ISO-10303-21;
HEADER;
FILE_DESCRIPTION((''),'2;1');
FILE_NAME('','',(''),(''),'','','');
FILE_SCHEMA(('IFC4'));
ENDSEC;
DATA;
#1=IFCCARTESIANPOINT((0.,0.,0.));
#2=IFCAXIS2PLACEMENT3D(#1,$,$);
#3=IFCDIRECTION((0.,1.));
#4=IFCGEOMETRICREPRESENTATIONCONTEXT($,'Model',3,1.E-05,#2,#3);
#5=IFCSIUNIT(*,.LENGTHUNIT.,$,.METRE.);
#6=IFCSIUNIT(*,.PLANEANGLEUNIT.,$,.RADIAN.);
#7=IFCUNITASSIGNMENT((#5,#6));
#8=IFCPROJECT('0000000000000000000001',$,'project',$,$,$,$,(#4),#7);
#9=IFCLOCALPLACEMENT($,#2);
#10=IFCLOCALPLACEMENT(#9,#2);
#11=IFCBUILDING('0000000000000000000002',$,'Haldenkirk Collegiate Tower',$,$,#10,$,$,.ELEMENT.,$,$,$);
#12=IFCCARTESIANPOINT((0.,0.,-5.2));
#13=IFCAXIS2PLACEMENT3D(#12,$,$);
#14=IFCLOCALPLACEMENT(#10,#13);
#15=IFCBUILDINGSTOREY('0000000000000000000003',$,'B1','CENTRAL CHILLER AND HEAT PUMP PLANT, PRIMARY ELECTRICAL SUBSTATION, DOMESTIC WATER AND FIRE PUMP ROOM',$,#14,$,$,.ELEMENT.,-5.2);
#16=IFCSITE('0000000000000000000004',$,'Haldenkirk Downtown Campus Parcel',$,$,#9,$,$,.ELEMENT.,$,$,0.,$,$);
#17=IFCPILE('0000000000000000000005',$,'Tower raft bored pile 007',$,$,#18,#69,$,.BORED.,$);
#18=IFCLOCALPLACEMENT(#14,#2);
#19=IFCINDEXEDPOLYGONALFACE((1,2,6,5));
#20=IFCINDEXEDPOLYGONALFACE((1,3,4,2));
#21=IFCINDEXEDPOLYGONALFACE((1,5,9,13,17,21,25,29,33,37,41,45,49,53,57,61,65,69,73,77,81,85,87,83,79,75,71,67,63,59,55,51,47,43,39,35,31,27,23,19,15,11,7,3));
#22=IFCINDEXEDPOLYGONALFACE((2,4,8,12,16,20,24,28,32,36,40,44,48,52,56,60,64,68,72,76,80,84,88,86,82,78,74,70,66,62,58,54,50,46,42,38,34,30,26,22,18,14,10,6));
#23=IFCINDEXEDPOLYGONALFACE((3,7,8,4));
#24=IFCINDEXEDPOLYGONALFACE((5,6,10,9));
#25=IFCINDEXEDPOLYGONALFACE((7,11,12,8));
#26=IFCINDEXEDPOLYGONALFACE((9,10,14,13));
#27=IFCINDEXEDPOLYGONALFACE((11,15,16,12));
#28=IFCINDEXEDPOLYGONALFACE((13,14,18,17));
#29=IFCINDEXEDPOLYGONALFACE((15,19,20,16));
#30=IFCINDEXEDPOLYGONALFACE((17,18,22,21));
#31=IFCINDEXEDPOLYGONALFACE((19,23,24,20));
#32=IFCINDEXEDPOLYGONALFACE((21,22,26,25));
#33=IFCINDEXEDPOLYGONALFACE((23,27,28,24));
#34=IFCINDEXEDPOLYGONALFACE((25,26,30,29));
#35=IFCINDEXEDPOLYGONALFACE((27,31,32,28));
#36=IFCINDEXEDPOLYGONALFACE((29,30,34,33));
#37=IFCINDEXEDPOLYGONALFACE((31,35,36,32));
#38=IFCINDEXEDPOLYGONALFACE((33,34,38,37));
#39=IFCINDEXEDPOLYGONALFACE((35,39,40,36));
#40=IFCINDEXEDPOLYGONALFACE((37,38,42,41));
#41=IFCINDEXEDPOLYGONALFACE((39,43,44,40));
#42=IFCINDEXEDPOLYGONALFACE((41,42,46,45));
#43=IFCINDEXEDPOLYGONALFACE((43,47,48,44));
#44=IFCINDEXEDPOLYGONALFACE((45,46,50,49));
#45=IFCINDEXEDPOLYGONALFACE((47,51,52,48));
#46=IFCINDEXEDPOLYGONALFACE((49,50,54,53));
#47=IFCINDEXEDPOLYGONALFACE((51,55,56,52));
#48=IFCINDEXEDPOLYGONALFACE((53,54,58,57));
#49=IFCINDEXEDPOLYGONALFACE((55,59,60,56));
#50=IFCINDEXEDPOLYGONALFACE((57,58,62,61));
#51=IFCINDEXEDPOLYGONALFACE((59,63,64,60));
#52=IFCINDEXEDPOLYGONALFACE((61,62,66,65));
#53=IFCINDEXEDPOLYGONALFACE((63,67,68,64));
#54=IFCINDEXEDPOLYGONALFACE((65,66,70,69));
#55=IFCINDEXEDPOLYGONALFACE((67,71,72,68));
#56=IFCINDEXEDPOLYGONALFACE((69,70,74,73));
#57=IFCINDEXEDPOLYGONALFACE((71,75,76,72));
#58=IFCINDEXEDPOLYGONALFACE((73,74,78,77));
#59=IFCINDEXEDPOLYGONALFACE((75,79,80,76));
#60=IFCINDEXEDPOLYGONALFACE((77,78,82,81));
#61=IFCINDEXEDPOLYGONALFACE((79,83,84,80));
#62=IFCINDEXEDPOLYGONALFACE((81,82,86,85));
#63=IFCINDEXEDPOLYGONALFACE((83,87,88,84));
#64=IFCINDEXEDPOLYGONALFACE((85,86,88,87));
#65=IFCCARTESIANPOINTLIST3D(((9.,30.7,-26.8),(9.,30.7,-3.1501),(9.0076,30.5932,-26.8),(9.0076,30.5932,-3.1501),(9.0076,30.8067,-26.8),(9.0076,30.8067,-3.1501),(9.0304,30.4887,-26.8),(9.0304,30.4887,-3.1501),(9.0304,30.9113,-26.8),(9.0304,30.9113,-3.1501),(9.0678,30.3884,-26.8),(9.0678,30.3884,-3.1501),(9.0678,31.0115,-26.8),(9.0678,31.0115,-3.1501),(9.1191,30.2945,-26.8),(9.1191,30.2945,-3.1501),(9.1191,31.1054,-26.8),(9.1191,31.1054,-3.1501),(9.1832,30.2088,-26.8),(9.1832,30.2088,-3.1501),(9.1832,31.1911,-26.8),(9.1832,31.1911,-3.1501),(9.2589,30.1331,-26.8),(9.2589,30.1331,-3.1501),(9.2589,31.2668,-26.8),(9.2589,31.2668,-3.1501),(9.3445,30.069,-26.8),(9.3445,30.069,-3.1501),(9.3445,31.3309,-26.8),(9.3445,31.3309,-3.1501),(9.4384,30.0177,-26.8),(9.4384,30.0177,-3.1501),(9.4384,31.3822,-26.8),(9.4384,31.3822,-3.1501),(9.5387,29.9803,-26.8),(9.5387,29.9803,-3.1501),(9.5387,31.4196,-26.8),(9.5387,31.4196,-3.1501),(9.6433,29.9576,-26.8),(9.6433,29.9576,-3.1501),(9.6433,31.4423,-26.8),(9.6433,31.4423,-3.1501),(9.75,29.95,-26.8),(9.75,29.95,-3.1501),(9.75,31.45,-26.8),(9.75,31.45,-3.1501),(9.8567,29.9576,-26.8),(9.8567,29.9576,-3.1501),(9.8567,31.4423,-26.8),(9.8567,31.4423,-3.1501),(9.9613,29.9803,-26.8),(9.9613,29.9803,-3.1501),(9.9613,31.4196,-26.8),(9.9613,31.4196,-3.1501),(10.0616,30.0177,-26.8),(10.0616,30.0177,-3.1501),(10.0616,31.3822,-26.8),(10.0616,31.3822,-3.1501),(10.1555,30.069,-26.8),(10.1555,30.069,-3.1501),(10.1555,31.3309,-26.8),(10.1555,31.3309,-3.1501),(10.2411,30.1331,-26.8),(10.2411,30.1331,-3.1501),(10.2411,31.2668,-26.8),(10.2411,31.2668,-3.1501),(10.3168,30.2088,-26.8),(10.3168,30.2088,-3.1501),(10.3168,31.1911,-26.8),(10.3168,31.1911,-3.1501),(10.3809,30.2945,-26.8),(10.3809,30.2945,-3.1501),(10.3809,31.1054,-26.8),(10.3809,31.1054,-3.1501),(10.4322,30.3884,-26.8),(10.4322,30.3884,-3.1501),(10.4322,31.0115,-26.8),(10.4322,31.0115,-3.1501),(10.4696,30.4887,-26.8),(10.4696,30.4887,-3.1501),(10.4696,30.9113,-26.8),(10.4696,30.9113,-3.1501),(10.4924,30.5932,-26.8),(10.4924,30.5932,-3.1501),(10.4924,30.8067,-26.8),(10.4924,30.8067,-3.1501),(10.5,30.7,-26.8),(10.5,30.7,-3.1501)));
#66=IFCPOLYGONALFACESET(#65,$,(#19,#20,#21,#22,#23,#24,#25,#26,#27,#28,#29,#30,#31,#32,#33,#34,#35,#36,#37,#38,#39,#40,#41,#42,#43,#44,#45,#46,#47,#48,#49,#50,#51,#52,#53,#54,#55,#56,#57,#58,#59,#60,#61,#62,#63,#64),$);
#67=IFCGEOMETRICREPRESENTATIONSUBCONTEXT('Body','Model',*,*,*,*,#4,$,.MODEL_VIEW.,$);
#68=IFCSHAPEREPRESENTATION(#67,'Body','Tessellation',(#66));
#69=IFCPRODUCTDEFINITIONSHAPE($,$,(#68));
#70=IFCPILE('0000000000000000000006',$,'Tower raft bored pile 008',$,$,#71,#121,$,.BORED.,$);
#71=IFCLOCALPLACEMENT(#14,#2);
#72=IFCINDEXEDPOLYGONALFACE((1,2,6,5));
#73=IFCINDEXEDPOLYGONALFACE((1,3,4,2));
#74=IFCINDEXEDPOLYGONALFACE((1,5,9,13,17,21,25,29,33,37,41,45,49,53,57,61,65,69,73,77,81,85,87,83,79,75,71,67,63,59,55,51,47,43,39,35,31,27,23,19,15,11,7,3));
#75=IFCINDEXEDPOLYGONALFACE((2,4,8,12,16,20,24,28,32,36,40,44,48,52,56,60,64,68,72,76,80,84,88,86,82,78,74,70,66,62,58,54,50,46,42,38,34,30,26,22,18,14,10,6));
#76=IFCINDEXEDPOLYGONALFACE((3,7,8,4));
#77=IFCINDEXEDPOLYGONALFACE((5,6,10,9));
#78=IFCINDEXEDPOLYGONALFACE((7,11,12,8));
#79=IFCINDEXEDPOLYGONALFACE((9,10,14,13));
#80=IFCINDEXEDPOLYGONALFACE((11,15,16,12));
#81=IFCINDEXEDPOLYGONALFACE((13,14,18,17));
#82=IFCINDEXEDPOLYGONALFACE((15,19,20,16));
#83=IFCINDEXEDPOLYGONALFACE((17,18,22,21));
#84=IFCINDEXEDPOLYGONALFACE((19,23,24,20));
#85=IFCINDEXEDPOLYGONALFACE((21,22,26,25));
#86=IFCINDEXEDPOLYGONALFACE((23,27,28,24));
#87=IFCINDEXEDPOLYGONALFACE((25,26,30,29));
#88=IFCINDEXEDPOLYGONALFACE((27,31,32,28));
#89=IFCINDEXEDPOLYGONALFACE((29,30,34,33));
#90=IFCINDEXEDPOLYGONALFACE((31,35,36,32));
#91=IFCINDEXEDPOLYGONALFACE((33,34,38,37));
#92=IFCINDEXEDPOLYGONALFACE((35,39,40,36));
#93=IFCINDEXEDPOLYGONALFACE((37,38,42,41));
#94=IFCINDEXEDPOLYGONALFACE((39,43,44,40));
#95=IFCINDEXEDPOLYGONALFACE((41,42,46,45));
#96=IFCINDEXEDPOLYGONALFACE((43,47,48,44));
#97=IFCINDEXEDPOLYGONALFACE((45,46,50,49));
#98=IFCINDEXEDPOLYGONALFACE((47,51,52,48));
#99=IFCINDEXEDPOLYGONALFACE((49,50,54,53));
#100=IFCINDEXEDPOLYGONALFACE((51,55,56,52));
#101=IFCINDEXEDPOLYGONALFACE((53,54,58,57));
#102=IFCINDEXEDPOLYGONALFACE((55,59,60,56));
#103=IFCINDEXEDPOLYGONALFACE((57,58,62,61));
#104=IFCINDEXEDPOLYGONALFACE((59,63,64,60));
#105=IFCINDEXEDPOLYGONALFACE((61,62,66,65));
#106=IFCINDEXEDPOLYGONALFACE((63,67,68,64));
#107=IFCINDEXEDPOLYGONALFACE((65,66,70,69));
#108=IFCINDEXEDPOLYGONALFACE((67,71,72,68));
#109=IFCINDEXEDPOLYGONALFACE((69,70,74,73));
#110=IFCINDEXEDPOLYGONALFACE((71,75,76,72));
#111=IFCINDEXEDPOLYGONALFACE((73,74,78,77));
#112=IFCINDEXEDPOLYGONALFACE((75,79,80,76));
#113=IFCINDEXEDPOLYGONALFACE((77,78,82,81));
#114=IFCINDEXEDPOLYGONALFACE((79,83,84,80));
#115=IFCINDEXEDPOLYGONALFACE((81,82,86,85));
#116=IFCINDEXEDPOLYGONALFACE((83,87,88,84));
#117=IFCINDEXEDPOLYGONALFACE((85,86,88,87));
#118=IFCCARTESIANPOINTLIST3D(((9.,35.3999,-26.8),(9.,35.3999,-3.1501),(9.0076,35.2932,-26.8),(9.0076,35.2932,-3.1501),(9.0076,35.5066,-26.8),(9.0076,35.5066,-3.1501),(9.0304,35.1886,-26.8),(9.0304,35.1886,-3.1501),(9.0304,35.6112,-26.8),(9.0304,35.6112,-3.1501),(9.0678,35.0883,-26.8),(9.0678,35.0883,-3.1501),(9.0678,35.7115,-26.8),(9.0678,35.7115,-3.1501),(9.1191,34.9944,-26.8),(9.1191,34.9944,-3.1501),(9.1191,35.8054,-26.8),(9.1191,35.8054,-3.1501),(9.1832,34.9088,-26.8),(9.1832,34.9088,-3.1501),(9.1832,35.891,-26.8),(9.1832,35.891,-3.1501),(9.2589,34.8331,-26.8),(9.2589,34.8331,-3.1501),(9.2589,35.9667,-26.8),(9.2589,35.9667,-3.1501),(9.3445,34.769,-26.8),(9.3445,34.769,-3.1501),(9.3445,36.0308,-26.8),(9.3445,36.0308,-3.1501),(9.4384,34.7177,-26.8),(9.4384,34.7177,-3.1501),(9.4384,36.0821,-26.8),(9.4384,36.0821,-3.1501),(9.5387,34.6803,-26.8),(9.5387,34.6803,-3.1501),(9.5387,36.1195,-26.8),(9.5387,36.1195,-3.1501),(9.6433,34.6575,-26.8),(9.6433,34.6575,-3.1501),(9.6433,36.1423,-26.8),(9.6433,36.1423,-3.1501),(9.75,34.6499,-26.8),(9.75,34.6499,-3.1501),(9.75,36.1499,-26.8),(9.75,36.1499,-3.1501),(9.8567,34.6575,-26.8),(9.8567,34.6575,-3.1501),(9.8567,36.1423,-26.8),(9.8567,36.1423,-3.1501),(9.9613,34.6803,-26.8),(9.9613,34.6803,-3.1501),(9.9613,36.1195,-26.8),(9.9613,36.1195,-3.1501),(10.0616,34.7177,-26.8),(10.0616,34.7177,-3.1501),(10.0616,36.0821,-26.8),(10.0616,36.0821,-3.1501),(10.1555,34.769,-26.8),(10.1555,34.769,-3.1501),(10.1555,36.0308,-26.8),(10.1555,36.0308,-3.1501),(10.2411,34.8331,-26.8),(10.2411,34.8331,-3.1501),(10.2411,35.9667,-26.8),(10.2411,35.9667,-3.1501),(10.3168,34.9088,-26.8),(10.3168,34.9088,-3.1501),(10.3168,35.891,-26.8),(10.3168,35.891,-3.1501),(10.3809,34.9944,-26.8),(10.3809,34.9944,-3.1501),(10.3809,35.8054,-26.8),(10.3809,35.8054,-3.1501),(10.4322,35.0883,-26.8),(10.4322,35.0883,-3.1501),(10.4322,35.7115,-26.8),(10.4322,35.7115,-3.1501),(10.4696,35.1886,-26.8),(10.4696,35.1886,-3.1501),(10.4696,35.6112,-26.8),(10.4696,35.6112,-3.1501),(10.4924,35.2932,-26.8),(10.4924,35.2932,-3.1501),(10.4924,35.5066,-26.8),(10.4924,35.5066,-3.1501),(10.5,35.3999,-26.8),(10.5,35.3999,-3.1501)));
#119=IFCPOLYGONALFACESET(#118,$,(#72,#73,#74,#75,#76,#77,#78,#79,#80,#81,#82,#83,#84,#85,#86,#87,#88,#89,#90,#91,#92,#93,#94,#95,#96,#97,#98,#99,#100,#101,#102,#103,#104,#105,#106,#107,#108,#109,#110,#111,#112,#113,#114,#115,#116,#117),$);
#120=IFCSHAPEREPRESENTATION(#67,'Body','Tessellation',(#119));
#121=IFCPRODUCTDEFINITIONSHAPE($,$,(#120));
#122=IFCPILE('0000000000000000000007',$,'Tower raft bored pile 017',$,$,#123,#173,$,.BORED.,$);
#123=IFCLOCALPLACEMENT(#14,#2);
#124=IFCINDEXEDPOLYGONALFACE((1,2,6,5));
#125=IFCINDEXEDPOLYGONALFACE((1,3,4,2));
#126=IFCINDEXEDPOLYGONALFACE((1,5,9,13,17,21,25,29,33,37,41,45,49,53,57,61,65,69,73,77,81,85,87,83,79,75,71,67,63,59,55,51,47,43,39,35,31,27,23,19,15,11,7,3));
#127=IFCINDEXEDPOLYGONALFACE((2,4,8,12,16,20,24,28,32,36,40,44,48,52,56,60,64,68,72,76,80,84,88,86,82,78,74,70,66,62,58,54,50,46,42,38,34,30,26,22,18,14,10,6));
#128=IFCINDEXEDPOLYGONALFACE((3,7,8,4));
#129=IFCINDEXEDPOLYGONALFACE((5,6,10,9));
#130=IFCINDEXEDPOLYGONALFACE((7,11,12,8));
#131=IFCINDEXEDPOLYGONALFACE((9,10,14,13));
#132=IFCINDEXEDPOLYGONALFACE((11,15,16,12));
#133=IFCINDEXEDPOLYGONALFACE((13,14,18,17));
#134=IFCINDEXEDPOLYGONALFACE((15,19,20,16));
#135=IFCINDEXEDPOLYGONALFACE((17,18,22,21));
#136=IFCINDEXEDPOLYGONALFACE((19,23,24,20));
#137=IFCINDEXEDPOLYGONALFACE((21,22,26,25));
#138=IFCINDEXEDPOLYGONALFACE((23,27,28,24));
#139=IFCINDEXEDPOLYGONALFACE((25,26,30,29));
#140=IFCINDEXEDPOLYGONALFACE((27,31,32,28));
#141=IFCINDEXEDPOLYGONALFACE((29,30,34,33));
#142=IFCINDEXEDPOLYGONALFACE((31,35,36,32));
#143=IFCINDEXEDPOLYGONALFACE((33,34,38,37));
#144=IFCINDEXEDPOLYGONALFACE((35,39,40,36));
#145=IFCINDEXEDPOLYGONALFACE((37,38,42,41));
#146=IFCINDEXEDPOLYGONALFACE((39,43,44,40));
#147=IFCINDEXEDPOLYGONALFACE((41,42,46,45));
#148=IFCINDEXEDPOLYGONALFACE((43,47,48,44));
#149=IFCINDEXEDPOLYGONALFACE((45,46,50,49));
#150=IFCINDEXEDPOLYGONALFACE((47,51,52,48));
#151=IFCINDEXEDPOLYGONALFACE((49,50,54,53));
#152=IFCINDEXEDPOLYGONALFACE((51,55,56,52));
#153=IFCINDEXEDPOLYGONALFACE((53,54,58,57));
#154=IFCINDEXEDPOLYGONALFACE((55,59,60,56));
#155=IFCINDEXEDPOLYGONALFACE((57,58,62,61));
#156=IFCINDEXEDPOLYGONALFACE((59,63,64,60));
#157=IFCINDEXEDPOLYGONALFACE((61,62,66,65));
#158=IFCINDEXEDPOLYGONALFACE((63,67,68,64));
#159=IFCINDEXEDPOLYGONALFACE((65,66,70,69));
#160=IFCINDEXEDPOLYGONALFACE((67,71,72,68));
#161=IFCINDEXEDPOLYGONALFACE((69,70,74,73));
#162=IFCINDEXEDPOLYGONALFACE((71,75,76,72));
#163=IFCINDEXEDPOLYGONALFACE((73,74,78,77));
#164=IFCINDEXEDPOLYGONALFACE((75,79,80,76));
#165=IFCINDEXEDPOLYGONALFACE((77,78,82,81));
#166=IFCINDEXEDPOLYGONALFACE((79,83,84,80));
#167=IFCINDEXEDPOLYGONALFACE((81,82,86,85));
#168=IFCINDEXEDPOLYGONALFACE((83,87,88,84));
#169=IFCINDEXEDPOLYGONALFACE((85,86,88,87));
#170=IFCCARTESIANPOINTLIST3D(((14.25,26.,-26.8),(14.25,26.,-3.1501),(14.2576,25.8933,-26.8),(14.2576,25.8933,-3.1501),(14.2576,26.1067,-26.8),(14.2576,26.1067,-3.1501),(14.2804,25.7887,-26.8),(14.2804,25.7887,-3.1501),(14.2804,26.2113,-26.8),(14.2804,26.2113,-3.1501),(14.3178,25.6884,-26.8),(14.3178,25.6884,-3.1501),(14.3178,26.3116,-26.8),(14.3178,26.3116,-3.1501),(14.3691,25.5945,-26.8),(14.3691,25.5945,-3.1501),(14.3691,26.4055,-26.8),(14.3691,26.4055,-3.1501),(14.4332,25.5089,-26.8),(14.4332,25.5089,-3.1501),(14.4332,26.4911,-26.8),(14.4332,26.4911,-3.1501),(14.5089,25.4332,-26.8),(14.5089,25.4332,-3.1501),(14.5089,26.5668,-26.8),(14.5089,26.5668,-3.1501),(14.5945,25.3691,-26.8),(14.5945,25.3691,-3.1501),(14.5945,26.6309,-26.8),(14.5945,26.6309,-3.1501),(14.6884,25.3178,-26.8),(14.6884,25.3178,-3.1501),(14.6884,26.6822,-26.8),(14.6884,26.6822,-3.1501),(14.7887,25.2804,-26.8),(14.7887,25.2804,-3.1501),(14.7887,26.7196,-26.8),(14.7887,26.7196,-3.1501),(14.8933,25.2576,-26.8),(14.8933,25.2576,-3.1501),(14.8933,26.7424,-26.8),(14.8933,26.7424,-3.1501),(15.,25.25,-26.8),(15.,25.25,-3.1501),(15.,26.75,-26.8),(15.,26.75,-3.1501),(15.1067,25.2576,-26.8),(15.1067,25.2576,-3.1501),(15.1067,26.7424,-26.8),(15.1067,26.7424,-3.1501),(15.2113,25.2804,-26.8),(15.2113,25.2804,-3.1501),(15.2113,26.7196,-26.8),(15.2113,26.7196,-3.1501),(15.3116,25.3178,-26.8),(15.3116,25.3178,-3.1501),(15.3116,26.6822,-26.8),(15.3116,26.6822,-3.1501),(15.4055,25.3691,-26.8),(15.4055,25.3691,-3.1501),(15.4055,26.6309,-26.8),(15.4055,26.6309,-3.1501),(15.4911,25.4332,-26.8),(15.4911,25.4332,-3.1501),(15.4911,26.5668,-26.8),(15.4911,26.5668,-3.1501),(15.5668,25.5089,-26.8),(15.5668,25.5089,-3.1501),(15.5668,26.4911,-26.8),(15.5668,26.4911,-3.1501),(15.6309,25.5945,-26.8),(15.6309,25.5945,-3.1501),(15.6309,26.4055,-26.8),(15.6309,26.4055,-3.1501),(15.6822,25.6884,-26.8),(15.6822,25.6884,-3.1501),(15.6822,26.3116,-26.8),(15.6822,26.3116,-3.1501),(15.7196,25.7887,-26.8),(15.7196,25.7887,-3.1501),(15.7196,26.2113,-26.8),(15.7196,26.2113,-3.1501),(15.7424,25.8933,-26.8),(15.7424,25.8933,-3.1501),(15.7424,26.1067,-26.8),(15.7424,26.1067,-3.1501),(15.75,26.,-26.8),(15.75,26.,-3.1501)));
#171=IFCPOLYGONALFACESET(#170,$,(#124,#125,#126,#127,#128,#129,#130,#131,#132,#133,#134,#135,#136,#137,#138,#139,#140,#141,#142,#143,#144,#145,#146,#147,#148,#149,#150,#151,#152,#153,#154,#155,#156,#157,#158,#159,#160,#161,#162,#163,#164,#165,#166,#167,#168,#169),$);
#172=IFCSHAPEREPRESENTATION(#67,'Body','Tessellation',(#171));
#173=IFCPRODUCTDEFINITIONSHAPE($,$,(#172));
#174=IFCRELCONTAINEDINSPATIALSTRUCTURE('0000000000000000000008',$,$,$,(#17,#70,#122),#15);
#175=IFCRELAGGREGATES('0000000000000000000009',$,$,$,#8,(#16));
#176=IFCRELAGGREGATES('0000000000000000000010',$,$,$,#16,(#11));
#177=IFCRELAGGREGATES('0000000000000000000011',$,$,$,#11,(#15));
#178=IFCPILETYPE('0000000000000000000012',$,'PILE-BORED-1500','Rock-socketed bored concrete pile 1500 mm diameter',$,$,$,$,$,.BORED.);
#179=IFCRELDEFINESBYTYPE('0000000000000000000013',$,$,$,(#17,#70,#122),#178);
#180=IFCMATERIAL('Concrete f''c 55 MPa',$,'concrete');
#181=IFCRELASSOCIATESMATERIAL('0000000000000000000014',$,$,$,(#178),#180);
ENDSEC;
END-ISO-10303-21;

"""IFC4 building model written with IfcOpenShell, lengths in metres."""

from ifc_helpers import new_model, si_unit, direction, frame, origin, origin_2d, place, context, subcontext, project, spatial, circle, extrude, material, material_profile, profile_set, type_object, element, save


model = new_model("IFC4")

# Units and contexts
model_context = context("Model", 3, precision=1e-05, world=origin(), true_north=direction((0.0, 1.0)))
body_context = subcontext(model_context, "Body", "Model", "MODEL_VIEW")
ifc_project = project(units=[si_unit("LENGTHUNIT", "METRE"), si_unit("PLANEANGLEUNIT", "RADIAN")], contexts=[model_context])

# Site, building, storey
site_placement = place(None, origin())
site = spatial("IfcSite", under=ifc_project, at=site_placement, Name="Haldenkirk Downtown Campus Parcel", CompositionType="ELEMENT", RefElevation=0.0)
building_placement = place(site_placement, origin())
building = spatial("IfcBuilding", under=site, at=building_placement, Name="Haldenkirk Collegiate Tower", CompositionType="ELEMENT")
storey_placement = place(building_placement, frame((0.0, 0.0, -5.2)))
storey = spatial("IfcBuildingStorey", under=building, at=storey_placement, Name="B1", Description="CENTRAL CHILLER AND HEAT PUMP PLANT, PRIMARY ELECTRICAL SUBSTATION, DOMESTIC WATER AND FIRE PUMP ROOM", CompositionType="ELEMENT", Elevation=-5.2)

# Shared definitions
ifc_material_1 = material(Name="Concrete f'c 55 MPa", Category="concrete")

# Piles
ifc_material_profile_1 = material_profile(ifc_material_1, circle(Radius=0.75, at=origin_2d()), Name="PILE1500")
ifc_profile_set_1 = profile_set([ifc_material_profile_1], Name="Concrete f'c 55 MPa")
pile_type_1 = type_object("IfcPileType", Name="PILE-BORED-1500", Description="Rock-socketed bored concrete pile 1500 mm diameter", PredefinedType="BORED", material=ifc_profile_set_1)
for number, where, z_axis, x_axis, name in (
    (1, (9.75, 30.7, -3.1501), (0.0, 0.0, -1.0), (1.0, 0.0, 0.0), "Tower raft bored pile 007"),
    (2, (9.75, 35.3999, -3.1501), (0.0, 0.0, -1.0), (1.0, 0.0, 0.0), "Tower raft bored pile 008"),
    (3, (15.0, 26.0, -3.1501), (0.0, 0.0, -1.0), (1.0, 0.0, 0.0), "Tower raft bored pile 017"),
):
    element("IfcPile", number, at=place(storey_placement, frame(where, z_axis=z_axis, x_axis=x_axis)), inside=storey, type_object=pile_type_1, Name=name, PredefinedType="BORED", context=body_context, shape_type="SweptSolid", body=[
        extrude(circle(Radius=0.75, at=origin_2d()), origin(), (0.0, 0.0, 1.0), 23.6499),
    ])

save(model, "model.ifc")
